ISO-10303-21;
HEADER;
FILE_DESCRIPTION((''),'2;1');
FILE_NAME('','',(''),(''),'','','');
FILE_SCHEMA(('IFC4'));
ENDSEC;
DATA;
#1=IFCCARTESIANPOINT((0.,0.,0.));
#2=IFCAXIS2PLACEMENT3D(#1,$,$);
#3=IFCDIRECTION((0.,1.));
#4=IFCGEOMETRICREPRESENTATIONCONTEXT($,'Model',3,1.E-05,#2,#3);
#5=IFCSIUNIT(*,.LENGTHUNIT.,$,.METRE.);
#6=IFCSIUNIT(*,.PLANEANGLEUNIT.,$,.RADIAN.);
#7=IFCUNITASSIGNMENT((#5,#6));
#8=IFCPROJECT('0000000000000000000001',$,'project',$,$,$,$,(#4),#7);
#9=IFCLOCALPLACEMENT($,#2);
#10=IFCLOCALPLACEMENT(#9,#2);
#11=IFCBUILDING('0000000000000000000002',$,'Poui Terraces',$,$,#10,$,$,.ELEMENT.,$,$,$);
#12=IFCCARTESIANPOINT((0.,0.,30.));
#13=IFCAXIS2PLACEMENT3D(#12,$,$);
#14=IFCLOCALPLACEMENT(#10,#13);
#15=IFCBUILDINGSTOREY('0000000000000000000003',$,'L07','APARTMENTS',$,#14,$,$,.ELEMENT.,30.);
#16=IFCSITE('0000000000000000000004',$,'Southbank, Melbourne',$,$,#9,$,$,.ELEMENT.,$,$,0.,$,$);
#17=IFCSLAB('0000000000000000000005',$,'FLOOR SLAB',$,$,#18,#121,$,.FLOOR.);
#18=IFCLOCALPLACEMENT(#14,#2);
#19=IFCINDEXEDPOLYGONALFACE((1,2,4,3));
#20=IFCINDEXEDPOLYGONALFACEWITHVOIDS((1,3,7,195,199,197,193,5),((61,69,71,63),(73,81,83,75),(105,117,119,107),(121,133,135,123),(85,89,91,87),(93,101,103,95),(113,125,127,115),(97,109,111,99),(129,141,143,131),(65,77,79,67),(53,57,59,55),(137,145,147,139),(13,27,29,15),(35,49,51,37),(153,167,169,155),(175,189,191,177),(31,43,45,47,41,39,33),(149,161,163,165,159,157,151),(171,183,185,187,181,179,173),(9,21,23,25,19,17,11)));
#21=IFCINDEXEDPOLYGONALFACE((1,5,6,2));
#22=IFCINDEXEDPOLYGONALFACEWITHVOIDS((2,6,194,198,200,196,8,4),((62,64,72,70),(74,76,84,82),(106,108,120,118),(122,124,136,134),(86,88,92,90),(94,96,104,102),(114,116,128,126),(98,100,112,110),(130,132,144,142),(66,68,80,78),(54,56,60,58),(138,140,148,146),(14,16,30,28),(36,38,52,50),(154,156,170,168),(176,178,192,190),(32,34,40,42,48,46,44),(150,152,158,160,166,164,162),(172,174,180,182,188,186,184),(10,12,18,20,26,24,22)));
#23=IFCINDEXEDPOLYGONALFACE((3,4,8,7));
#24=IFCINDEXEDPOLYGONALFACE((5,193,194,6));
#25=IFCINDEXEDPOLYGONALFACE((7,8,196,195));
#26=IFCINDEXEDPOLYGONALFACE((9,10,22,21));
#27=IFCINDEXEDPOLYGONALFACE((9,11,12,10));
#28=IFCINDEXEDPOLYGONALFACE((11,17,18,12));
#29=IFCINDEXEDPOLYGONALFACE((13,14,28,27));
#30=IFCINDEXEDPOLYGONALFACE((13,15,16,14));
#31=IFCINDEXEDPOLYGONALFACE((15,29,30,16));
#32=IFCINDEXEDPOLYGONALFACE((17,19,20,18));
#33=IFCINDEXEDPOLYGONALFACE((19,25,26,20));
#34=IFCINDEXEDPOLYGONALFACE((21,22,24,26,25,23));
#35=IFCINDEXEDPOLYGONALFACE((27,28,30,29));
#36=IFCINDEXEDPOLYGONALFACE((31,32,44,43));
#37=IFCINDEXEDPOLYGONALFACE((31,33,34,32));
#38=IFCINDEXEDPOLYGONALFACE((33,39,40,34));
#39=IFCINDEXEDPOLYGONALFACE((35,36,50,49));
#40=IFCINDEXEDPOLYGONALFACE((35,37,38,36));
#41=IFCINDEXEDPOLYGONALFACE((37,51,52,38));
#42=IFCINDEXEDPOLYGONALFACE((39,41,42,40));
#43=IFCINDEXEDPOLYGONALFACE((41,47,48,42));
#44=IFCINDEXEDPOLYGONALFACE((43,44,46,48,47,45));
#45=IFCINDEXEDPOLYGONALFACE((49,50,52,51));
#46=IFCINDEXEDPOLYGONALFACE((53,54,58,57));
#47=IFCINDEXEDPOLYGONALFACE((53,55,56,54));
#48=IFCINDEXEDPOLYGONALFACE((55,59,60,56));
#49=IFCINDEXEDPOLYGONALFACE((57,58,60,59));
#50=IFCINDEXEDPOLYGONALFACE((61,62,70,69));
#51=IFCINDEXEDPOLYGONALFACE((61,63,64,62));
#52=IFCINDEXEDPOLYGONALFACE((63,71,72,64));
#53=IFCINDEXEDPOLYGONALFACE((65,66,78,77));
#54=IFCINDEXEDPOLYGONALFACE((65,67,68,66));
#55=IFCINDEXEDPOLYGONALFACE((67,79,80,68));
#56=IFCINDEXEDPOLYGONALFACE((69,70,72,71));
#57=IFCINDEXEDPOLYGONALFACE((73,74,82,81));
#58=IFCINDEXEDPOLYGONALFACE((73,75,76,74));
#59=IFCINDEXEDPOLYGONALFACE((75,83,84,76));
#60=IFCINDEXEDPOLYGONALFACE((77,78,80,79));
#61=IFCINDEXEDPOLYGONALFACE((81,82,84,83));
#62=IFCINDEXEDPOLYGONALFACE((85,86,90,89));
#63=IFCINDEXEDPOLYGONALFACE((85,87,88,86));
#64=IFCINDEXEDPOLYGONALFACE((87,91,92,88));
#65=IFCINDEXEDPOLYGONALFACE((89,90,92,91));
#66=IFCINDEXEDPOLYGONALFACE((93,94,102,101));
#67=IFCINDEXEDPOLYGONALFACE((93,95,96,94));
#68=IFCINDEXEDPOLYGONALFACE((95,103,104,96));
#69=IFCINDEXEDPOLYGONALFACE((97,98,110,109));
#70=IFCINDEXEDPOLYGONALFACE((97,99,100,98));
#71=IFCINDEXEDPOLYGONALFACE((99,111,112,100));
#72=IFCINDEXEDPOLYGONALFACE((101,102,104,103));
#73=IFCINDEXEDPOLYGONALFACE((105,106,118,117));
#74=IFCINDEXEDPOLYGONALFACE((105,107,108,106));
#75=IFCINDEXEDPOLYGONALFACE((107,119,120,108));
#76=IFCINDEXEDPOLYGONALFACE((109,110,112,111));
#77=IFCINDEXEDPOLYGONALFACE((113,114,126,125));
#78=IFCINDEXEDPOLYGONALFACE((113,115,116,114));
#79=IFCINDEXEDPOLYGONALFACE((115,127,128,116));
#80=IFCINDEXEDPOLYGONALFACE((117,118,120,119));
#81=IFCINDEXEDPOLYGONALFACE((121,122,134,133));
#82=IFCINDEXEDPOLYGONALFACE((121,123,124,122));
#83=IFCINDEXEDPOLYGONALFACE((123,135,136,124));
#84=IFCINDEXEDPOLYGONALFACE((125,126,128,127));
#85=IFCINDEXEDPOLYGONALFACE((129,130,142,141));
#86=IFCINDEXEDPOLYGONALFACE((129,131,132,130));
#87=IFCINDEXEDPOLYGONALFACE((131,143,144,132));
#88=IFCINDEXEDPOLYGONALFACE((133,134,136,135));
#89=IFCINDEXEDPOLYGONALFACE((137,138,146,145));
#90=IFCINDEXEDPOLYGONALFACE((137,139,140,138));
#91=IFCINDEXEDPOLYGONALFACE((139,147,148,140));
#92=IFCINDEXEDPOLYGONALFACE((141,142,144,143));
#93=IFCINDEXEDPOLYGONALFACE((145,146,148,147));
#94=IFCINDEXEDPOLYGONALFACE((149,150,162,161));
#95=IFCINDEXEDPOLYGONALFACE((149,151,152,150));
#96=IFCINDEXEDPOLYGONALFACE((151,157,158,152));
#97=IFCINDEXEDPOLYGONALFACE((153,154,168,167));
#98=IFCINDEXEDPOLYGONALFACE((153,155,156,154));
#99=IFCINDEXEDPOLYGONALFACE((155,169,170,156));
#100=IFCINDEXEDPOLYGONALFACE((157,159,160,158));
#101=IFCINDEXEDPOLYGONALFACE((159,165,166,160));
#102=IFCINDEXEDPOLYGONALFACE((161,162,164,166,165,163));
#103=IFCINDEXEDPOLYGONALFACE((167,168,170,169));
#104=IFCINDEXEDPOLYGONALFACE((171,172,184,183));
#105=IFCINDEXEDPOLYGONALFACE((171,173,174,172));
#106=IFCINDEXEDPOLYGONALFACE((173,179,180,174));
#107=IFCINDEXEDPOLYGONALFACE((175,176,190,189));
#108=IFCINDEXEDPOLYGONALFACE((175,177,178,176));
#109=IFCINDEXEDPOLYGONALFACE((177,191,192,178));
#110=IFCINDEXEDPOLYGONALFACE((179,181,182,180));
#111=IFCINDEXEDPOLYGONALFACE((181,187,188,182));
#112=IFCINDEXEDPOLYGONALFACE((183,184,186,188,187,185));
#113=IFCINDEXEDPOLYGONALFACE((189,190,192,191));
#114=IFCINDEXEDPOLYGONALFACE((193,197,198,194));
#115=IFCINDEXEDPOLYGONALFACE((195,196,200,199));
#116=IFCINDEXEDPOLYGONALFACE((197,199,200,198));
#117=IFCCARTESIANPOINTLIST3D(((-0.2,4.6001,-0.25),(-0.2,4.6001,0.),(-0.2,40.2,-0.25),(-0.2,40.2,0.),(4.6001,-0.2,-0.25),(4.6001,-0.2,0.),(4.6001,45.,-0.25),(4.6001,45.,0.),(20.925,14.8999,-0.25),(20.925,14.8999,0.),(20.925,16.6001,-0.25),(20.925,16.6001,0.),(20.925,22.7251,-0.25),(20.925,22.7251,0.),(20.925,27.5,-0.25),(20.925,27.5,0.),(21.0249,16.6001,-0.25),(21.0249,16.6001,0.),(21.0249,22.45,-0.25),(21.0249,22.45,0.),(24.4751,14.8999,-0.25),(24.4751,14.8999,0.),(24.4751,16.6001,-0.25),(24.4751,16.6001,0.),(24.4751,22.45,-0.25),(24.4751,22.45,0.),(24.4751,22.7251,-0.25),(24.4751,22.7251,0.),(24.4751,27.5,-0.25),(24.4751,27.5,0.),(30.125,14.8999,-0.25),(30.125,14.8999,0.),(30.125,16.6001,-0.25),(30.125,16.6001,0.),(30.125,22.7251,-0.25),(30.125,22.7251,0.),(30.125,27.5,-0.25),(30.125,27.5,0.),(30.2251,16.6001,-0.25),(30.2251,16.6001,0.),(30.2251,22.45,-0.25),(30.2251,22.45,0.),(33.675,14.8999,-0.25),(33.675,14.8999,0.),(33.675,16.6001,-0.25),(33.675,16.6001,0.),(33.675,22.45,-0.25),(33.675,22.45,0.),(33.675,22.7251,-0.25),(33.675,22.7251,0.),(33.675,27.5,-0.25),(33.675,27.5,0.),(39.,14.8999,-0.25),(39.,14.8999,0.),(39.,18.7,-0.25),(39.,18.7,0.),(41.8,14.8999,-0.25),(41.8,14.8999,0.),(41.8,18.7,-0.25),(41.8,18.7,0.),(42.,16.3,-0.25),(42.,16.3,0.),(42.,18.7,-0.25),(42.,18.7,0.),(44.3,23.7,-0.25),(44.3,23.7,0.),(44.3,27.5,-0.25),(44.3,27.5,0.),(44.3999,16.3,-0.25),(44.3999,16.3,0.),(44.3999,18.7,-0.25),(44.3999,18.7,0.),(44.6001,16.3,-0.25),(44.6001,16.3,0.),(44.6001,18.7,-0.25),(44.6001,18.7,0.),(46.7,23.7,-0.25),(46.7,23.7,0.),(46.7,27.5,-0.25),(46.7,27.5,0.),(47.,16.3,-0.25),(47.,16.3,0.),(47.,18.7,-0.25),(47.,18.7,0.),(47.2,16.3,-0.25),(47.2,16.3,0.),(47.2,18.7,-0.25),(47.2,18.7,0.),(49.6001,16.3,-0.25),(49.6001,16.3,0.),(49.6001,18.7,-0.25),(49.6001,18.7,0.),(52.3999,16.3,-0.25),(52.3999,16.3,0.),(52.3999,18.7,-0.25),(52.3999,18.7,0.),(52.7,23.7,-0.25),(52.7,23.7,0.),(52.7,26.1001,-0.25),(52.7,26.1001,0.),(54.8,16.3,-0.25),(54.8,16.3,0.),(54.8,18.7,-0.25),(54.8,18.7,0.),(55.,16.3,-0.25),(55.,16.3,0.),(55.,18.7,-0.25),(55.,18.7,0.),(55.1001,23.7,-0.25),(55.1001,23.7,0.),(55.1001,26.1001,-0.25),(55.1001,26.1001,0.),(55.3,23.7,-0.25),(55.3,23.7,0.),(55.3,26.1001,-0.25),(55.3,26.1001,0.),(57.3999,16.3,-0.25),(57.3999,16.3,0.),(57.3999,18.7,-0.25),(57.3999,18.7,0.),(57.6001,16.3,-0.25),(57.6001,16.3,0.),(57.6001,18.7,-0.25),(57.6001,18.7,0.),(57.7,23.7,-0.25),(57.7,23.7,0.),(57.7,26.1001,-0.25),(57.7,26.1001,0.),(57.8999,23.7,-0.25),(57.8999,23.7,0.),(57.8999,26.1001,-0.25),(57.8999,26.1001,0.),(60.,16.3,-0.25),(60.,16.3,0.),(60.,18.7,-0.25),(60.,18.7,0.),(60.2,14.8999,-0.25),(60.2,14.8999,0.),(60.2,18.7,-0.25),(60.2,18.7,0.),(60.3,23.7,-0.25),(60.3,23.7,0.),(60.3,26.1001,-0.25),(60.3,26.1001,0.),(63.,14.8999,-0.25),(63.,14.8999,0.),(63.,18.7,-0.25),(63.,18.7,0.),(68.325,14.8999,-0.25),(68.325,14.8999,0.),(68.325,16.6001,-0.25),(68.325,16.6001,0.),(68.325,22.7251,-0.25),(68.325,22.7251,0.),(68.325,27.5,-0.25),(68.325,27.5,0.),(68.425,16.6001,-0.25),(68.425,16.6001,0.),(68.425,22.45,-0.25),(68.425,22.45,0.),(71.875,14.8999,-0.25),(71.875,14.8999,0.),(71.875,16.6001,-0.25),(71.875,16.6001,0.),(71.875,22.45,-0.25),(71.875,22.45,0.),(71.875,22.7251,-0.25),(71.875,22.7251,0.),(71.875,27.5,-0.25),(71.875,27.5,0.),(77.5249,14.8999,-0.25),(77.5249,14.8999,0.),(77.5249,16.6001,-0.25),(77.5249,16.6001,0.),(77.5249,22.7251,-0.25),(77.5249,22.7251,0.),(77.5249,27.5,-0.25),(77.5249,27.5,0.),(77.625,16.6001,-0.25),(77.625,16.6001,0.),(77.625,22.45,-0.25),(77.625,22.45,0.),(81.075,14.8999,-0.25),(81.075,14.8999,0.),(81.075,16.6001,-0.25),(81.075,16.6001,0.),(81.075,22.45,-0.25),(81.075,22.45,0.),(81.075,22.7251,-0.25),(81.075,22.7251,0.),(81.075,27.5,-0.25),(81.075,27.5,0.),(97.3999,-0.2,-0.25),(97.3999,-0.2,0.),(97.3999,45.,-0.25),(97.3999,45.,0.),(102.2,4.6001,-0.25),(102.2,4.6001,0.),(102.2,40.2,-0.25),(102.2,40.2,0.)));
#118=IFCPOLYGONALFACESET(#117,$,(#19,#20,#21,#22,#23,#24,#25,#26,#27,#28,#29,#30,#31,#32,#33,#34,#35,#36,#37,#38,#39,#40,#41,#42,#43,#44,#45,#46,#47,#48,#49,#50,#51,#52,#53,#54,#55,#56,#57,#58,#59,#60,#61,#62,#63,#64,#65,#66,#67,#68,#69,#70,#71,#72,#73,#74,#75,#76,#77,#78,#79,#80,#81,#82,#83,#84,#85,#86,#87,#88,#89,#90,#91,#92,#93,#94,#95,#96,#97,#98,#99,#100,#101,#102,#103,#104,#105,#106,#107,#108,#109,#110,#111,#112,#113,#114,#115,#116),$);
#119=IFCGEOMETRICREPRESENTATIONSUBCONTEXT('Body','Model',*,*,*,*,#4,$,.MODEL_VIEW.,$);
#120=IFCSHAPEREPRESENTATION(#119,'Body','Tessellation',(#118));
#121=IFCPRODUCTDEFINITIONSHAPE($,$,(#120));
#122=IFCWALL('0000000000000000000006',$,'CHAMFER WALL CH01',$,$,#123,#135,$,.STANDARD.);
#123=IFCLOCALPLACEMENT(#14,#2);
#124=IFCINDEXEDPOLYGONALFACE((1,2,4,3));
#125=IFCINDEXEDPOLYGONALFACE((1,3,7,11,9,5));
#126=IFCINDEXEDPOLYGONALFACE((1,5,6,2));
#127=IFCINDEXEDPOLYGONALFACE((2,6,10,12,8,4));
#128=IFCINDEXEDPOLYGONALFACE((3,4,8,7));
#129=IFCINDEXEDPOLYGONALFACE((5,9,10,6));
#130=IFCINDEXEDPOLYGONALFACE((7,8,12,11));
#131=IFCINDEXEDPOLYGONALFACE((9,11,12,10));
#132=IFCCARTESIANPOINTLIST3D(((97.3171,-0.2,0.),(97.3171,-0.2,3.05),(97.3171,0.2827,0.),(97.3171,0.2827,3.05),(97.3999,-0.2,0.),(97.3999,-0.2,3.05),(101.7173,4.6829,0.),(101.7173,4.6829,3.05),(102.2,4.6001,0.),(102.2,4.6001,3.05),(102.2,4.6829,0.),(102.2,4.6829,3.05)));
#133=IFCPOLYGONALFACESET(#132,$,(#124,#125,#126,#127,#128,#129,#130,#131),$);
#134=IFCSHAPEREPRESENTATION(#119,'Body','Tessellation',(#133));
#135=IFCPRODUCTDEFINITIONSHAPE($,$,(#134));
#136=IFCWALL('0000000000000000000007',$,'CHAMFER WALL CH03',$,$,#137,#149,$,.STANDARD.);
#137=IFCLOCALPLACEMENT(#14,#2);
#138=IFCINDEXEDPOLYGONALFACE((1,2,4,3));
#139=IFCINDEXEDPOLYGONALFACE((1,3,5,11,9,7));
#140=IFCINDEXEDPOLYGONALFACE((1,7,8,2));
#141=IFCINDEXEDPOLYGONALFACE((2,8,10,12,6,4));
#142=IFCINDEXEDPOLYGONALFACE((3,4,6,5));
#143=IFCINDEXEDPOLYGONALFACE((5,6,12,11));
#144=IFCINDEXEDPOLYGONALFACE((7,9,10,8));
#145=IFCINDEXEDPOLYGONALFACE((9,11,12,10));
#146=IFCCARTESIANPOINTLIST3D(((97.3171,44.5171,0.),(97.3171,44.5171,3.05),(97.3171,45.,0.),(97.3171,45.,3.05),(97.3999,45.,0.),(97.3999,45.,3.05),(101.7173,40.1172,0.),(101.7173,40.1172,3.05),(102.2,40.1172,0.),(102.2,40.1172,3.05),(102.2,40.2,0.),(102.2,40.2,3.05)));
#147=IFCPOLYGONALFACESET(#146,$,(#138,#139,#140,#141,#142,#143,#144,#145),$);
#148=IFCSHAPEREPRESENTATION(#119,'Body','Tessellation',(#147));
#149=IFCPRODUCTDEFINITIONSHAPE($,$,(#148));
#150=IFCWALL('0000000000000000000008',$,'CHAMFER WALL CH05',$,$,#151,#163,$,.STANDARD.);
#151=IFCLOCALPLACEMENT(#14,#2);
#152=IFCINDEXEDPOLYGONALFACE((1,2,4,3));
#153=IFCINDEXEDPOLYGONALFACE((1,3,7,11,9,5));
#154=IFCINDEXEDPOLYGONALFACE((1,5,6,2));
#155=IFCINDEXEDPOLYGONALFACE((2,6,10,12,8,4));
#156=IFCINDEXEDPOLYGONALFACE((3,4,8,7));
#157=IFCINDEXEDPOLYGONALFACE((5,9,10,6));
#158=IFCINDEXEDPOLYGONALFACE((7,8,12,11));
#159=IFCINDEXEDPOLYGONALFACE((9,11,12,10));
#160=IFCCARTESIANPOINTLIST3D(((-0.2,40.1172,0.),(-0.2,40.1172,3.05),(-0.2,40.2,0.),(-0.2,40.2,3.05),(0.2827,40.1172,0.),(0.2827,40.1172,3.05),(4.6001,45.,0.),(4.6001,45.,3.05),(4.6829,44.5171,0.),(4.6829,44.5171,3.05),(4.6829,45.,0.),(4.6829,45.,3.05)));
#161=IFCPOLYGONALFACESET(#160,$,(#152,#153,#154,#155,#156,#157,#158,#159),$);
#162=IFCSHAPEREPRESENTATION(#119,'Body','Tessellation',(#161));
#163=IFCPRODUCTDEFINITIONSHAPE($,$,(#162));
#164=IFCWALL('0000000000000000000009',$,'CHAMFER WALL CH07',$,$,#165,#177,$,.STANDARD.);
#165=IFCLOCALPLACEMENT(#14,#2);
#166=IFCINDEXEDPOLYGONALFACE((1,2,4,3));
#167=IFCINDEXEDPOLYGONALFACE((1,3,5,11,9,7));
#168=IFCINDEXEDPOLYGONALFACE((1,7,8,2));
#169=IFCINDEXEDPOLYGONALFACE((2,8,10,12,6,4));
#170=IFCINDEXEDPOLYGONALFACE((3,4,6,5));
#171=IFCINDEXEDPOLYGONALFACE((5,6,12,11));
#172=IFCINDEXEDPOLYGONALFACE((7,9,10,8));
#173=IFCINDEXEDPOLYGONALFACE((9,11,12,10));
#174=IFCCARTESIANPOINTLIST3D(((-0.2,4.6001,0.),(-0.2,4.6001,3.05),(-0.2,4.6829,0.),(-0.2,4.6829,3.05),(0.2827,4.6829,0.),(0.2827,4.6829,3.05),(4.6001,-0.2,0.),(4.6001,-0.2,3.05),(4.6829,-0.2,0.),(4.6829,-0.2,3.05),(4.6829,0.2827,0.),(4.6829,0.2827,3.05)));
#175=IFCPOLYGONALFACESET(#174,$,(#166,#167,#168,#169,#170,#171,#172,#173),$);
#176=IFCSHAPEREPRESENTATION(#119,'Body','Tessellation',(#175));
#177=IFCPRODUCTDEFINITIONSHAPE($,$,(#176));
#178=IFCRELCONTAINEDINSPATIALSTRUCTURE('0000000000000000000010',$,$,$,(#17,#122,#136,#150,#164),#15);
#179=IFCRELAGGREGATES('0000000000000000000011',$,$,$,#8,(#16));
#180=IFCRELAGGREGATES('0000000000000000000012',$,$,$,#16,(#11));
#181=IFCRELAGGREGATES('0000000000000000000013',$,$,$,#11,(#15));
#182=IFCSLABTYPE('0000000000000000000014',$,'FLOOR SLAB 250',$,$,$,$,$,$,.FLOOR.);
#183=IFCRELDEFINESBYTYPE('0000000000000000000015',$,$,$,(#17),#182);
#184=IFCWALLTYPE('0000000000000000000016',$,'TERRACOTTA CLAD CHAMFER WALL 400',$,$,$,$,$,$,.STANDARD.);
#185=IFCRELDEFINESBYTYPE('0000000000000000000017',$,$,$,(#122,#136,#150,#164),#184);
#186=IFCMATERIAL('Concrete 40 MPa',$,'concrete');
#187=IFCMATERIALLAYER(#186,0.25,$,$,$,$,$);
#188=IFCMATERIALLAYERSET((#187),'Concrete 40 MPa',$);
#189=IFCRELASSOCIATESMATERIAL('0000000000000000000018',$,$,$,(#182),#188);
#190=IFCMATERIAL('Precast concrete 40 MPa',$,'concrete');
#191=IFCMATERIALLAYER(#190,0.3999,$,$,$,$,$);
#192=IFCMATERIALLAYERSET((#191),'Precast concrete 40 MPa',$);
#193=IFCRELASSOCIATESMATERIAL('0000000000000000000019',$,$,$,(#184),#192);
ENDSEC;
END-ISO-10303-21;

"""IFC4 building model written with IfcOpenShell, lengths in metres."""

from ifc_helpers import new_model, si_unit, direction, frame, origin, place, context, subcontext, project, spatial, polyline, outline, extrude, source, transform, mapped, material, layer, layer_set, type_object, element, save


model = new_model("IFC4")

# Units and contexts
model_context = context("Model", 3, precision=1e-05, world=origin(), true_north=direction((0.0, 1.0)))
body_context = subcontext(model_context, "Body", "Model", "MODEL_VIEW")
ifc_project = project(units=[si_unit("LENGTHUNIT", "METRE"), si_unit("PLANEANGLEUNIT", "RADIAN")], contexts=[model_context])

# Site, building, storey
site_placement = place(None, origin())
site = spatial("IfcSite", under=ifc_project, at=site_placement, Name="Southbank, Melbourne", CompositionType="ELEMENT", RefElevation=0.0)
building_placement = place(site_placement, origin())
building = spatial("IfcBuilding", under=site, at=building_placement, Name="Poui Terraces", CompositionType="ELEMENT")
storey_placement = place(building_placement, frame((0.0, 0.0, 30.0)))
storey = spatial("IfcBuildingStorey", under=building, at=storey_placement, Name="L07", Description="APARTMENTS", CompositionType="ELEMENT", Elevation=30.0)

# Shared definitions
ifc_material_1 = material(Name="Precast concrete 40 MPa", Category="concrete")

# Slab
ifc_material_2 = material(Name="Concrete 40 MPa", Category="concrete")
ifc_layer_1 = layer(ifc_material_2, 0.25)
ifc_layer_set_1 = layer_set([ifc_layer_1], Name="Concrete 40 MPa")
slab_type_1 = type_object("IfcSlabType", Name="FLOOR SLAB 250", PredefinedType="FLOOR", material=ifc_layer_set_1)
shared_shape = source(origin(), body_context, "Body", "SweptSolid", [
    extrude(outline(polyline([(0.0, 0.0), (4.8, -4.8), (97.5999, -4.8), (102.3999, 0.0), (102.3999, 35.5999), (97.5999, 40.3999), (4.8, 40.3999), (0.0, 35.5999), (0.0, 0.0)]), holes=[polyline([(39.2, 10.2998), (39.2, 14.0999), (42.0, 14.0999), (42.0, 10.2998), (39.2, 10.2998)]), polyline([(42.2, 11.7), (42.2, 14.0999), (44.5999, 14.0999), (44.5999, 11.7), (42.2, 11.7)]), polyline([(44.8, 11.7), (44.8, 14.0999), (47.2, 14.0999), (47.2, 11.7), (44.8, 11.7)]), polyline([(47.3999, 14.0999), (49.8, 14.0999), (49.8, 11.7), (47.3999, 11.7), (47.3999, 14.0999)]), polyline([(52.5999, 14.0999), (55.0, 14.0999), (55.0, 11.7), (52.5999, 11.7), (52.5999, 14.0999)]), polyline([(21.2249, 17.8499), (24.675, 17.8499), (24.675, 12.0), (24.675, 10.2998), (21.125, 10.2998), (21.125, 12.0), (21.2249, 12.0), (21.2249, 17.8499)]), polyline([(30.425, 17.8499), (33.875, 17.8499), (33.875, 12.0), (33.875, 10.2998), (30.325, 10.2998), (30.325, 12.0), (30.425, 12.0), (30.425, 17.8499)]), polyline([(21.125, 18.125), (21.125, 22.8999), (24.675, 22.8999), (24.675, 18.125), (21.125, 18.125)]), polyline([(30.325, 22.8999), (33.875, 22.8999), (33.875, 18.125), (30.325, 18.125), (30.325, 22.8999)]), polyline([(44.5, 22.8999), (46.8999, 22.8999), (46.8999, 19.0999), (44.5, 19.0999), (44.5, 22.8999)]), polyline([(60.3999, 10.2998), (60.3999, 14.0999), (63.2, 14.0999), (63.2, 10.2998), (60.3999, 10.2998)]), polyline([(55.2, 11.7), (55.2, 14.0999), (57.5999, 14.0999), (57.5999, 11.7), (55.2, 11.7)]), polyline([(57.8, 11.7), (57.8, 14.0999), (60.2, 14.0999), (60.2, 11.7), (57.8, 11.7)]), polyline([(72.075, 17.8499), (72.075, 12.0), (72.075, 10.2998), (68.5249, 10.2998), (68.5249, 12.0), (68.625, 12.0), (68.625, 17.8499), (72.075, 17.8499)]), polyline([(81.2749, 17.8499), (81.2749, 12.0), (81.2749, 10.2998), (77.7249, 10.2998), (77.7249, 12.0), (77.825, 12.0), (77.825, 17.8499), (81.2749, 17.8499)]), polyline([(52.8999, 19.0999), (52.8999, 21.5), (55.3, 21.5), (55.3, 19.0999), (52.8999, 19.0999)]), polyline([(55.5, 19.0999), (55.5, 21.5), (57.8999, 21.5), (57.8999, 19.0999), (55.5, 19.0999)]), polyline([(58.0999, 19.0999), (58.0999, 21.5), (60.5, 21.5), (60.5, 19.0999), (58.0999, 19.0999)]), polyline([(68.5249, 22.8999), (72.075, 22.8999), (72.075, 18.125), (68.5249, 18.125), (68.5249, 22.8999)]), polyline([(77.7249, 22.8999), (81.2749, 22.8999), (81.2749, 18.125), (77.7249, 18.125), (77.7249, 22.8999)])]), origin(), (0.0, 0.0, 1.0), 0.25),
])
slab_1_placement = place(storey_placement, frame((-0.2, 4.6001, -0.25)))
element("IfcSlab", 1, at=slab_1_placement, inside=storey, type_object=slab_type_1, Name="FLOOR SLAB", PredefinedType="FLOOR", context=body_context, shape_type="MappedRepresentation", body=[
    mapped(shared_shape, transform((0.0, 0.0, 0.0))),
])

# Walls
ifc_layer_2 = layer(ifc_material_1, 0.3999)
ifc_layer_set_2 = layer_set([ifc_layer_2], Name="Precast concrete 40 MPa")
wall_type = type_object("IfcWallType", Name="TERRACOTTA CLAD CHAMFER WALL 400", PredefinedType="STANDARD", material=ifc_layer_set_2)
wall_1_placement = place(storey_placement, origin())
element("IfcWall", 2, at=wall_1_placement, inside=storey, type_object=wall_type, Name="CHAMFER WALL CH01", PredefinedType="STANDARD", context=body_context, shape_type="SweptSolid", body=[
    extrude(outline(polyline([(97.3171, -0.2), (97.3999, -0.2), (102.2, 4.6001), (102.2, 4.6829), (101.7173, 4.6829), (97.3171, 0.2827), (97.3171, -0.2)])), origin(), (0.0, 0.0, 1.0), 3.05),
])
wall_2_placement = place(storey_placement, origin())
element("IfcWall", 3, at=wall_2_placement, inside=storey, type_object=wall_type, Name="CHAMFER WALL CH03", PredefinedType="STANDARD", context=body_context, shape_type="SweptSolid", body=[
    extrude(outline(polyline([(102.2, 40.1172), (102.2, 40.2), (97.3999, 45.0), (97.3171, 45.0), (97.3171, 44.5171), (101.7173, 40.1172), (102.2, 40.1172)])), origin(), (0.0, 0.0, 1.0), 3.05),
])
wall_3_placement = place(storey_placement, origin())
element("IfcWall", 4, at=wall_3_placement, inside=storey, type_object=wall_type, Name="CHAMFER WALL CH05", PredefinedType="STANDARD", context=body_context, shape_type="SweptSolid", body=[
    extrude(outline(polyline([(4.6829, 45.0), (4.6001, 45.0), (-0.2, 40.2), (-0.2, 40.1172), (0.2827, 40.1172), (4.6829, 44.5171), (4.6829, 45.0)])), origin(), (0.0, 0.0, 1.0), 3.05),
])
wall_4_placement = place(storey_placement, origin())
element("IfcWall", 5, at=wall_4_placement, inside=storey, type_object=wall_type, Name="CHAMFER WALL CH07", PredefinedType="STANDARD", context=body_context, shape_type="SweptSolid", body=[
    extrude(outline(polyline([(-0.2, 4.6829), (-0.2, 4.6001), (4.6001, -0.2), (4.6829, -0.2), (4.6829, 0.2827), (0.2827, 4.6829), (-0.2, 4.6829)])), origin(), (0.0, 0.0, 1.0), 3.05),
])

save(model, "model.ifc")
